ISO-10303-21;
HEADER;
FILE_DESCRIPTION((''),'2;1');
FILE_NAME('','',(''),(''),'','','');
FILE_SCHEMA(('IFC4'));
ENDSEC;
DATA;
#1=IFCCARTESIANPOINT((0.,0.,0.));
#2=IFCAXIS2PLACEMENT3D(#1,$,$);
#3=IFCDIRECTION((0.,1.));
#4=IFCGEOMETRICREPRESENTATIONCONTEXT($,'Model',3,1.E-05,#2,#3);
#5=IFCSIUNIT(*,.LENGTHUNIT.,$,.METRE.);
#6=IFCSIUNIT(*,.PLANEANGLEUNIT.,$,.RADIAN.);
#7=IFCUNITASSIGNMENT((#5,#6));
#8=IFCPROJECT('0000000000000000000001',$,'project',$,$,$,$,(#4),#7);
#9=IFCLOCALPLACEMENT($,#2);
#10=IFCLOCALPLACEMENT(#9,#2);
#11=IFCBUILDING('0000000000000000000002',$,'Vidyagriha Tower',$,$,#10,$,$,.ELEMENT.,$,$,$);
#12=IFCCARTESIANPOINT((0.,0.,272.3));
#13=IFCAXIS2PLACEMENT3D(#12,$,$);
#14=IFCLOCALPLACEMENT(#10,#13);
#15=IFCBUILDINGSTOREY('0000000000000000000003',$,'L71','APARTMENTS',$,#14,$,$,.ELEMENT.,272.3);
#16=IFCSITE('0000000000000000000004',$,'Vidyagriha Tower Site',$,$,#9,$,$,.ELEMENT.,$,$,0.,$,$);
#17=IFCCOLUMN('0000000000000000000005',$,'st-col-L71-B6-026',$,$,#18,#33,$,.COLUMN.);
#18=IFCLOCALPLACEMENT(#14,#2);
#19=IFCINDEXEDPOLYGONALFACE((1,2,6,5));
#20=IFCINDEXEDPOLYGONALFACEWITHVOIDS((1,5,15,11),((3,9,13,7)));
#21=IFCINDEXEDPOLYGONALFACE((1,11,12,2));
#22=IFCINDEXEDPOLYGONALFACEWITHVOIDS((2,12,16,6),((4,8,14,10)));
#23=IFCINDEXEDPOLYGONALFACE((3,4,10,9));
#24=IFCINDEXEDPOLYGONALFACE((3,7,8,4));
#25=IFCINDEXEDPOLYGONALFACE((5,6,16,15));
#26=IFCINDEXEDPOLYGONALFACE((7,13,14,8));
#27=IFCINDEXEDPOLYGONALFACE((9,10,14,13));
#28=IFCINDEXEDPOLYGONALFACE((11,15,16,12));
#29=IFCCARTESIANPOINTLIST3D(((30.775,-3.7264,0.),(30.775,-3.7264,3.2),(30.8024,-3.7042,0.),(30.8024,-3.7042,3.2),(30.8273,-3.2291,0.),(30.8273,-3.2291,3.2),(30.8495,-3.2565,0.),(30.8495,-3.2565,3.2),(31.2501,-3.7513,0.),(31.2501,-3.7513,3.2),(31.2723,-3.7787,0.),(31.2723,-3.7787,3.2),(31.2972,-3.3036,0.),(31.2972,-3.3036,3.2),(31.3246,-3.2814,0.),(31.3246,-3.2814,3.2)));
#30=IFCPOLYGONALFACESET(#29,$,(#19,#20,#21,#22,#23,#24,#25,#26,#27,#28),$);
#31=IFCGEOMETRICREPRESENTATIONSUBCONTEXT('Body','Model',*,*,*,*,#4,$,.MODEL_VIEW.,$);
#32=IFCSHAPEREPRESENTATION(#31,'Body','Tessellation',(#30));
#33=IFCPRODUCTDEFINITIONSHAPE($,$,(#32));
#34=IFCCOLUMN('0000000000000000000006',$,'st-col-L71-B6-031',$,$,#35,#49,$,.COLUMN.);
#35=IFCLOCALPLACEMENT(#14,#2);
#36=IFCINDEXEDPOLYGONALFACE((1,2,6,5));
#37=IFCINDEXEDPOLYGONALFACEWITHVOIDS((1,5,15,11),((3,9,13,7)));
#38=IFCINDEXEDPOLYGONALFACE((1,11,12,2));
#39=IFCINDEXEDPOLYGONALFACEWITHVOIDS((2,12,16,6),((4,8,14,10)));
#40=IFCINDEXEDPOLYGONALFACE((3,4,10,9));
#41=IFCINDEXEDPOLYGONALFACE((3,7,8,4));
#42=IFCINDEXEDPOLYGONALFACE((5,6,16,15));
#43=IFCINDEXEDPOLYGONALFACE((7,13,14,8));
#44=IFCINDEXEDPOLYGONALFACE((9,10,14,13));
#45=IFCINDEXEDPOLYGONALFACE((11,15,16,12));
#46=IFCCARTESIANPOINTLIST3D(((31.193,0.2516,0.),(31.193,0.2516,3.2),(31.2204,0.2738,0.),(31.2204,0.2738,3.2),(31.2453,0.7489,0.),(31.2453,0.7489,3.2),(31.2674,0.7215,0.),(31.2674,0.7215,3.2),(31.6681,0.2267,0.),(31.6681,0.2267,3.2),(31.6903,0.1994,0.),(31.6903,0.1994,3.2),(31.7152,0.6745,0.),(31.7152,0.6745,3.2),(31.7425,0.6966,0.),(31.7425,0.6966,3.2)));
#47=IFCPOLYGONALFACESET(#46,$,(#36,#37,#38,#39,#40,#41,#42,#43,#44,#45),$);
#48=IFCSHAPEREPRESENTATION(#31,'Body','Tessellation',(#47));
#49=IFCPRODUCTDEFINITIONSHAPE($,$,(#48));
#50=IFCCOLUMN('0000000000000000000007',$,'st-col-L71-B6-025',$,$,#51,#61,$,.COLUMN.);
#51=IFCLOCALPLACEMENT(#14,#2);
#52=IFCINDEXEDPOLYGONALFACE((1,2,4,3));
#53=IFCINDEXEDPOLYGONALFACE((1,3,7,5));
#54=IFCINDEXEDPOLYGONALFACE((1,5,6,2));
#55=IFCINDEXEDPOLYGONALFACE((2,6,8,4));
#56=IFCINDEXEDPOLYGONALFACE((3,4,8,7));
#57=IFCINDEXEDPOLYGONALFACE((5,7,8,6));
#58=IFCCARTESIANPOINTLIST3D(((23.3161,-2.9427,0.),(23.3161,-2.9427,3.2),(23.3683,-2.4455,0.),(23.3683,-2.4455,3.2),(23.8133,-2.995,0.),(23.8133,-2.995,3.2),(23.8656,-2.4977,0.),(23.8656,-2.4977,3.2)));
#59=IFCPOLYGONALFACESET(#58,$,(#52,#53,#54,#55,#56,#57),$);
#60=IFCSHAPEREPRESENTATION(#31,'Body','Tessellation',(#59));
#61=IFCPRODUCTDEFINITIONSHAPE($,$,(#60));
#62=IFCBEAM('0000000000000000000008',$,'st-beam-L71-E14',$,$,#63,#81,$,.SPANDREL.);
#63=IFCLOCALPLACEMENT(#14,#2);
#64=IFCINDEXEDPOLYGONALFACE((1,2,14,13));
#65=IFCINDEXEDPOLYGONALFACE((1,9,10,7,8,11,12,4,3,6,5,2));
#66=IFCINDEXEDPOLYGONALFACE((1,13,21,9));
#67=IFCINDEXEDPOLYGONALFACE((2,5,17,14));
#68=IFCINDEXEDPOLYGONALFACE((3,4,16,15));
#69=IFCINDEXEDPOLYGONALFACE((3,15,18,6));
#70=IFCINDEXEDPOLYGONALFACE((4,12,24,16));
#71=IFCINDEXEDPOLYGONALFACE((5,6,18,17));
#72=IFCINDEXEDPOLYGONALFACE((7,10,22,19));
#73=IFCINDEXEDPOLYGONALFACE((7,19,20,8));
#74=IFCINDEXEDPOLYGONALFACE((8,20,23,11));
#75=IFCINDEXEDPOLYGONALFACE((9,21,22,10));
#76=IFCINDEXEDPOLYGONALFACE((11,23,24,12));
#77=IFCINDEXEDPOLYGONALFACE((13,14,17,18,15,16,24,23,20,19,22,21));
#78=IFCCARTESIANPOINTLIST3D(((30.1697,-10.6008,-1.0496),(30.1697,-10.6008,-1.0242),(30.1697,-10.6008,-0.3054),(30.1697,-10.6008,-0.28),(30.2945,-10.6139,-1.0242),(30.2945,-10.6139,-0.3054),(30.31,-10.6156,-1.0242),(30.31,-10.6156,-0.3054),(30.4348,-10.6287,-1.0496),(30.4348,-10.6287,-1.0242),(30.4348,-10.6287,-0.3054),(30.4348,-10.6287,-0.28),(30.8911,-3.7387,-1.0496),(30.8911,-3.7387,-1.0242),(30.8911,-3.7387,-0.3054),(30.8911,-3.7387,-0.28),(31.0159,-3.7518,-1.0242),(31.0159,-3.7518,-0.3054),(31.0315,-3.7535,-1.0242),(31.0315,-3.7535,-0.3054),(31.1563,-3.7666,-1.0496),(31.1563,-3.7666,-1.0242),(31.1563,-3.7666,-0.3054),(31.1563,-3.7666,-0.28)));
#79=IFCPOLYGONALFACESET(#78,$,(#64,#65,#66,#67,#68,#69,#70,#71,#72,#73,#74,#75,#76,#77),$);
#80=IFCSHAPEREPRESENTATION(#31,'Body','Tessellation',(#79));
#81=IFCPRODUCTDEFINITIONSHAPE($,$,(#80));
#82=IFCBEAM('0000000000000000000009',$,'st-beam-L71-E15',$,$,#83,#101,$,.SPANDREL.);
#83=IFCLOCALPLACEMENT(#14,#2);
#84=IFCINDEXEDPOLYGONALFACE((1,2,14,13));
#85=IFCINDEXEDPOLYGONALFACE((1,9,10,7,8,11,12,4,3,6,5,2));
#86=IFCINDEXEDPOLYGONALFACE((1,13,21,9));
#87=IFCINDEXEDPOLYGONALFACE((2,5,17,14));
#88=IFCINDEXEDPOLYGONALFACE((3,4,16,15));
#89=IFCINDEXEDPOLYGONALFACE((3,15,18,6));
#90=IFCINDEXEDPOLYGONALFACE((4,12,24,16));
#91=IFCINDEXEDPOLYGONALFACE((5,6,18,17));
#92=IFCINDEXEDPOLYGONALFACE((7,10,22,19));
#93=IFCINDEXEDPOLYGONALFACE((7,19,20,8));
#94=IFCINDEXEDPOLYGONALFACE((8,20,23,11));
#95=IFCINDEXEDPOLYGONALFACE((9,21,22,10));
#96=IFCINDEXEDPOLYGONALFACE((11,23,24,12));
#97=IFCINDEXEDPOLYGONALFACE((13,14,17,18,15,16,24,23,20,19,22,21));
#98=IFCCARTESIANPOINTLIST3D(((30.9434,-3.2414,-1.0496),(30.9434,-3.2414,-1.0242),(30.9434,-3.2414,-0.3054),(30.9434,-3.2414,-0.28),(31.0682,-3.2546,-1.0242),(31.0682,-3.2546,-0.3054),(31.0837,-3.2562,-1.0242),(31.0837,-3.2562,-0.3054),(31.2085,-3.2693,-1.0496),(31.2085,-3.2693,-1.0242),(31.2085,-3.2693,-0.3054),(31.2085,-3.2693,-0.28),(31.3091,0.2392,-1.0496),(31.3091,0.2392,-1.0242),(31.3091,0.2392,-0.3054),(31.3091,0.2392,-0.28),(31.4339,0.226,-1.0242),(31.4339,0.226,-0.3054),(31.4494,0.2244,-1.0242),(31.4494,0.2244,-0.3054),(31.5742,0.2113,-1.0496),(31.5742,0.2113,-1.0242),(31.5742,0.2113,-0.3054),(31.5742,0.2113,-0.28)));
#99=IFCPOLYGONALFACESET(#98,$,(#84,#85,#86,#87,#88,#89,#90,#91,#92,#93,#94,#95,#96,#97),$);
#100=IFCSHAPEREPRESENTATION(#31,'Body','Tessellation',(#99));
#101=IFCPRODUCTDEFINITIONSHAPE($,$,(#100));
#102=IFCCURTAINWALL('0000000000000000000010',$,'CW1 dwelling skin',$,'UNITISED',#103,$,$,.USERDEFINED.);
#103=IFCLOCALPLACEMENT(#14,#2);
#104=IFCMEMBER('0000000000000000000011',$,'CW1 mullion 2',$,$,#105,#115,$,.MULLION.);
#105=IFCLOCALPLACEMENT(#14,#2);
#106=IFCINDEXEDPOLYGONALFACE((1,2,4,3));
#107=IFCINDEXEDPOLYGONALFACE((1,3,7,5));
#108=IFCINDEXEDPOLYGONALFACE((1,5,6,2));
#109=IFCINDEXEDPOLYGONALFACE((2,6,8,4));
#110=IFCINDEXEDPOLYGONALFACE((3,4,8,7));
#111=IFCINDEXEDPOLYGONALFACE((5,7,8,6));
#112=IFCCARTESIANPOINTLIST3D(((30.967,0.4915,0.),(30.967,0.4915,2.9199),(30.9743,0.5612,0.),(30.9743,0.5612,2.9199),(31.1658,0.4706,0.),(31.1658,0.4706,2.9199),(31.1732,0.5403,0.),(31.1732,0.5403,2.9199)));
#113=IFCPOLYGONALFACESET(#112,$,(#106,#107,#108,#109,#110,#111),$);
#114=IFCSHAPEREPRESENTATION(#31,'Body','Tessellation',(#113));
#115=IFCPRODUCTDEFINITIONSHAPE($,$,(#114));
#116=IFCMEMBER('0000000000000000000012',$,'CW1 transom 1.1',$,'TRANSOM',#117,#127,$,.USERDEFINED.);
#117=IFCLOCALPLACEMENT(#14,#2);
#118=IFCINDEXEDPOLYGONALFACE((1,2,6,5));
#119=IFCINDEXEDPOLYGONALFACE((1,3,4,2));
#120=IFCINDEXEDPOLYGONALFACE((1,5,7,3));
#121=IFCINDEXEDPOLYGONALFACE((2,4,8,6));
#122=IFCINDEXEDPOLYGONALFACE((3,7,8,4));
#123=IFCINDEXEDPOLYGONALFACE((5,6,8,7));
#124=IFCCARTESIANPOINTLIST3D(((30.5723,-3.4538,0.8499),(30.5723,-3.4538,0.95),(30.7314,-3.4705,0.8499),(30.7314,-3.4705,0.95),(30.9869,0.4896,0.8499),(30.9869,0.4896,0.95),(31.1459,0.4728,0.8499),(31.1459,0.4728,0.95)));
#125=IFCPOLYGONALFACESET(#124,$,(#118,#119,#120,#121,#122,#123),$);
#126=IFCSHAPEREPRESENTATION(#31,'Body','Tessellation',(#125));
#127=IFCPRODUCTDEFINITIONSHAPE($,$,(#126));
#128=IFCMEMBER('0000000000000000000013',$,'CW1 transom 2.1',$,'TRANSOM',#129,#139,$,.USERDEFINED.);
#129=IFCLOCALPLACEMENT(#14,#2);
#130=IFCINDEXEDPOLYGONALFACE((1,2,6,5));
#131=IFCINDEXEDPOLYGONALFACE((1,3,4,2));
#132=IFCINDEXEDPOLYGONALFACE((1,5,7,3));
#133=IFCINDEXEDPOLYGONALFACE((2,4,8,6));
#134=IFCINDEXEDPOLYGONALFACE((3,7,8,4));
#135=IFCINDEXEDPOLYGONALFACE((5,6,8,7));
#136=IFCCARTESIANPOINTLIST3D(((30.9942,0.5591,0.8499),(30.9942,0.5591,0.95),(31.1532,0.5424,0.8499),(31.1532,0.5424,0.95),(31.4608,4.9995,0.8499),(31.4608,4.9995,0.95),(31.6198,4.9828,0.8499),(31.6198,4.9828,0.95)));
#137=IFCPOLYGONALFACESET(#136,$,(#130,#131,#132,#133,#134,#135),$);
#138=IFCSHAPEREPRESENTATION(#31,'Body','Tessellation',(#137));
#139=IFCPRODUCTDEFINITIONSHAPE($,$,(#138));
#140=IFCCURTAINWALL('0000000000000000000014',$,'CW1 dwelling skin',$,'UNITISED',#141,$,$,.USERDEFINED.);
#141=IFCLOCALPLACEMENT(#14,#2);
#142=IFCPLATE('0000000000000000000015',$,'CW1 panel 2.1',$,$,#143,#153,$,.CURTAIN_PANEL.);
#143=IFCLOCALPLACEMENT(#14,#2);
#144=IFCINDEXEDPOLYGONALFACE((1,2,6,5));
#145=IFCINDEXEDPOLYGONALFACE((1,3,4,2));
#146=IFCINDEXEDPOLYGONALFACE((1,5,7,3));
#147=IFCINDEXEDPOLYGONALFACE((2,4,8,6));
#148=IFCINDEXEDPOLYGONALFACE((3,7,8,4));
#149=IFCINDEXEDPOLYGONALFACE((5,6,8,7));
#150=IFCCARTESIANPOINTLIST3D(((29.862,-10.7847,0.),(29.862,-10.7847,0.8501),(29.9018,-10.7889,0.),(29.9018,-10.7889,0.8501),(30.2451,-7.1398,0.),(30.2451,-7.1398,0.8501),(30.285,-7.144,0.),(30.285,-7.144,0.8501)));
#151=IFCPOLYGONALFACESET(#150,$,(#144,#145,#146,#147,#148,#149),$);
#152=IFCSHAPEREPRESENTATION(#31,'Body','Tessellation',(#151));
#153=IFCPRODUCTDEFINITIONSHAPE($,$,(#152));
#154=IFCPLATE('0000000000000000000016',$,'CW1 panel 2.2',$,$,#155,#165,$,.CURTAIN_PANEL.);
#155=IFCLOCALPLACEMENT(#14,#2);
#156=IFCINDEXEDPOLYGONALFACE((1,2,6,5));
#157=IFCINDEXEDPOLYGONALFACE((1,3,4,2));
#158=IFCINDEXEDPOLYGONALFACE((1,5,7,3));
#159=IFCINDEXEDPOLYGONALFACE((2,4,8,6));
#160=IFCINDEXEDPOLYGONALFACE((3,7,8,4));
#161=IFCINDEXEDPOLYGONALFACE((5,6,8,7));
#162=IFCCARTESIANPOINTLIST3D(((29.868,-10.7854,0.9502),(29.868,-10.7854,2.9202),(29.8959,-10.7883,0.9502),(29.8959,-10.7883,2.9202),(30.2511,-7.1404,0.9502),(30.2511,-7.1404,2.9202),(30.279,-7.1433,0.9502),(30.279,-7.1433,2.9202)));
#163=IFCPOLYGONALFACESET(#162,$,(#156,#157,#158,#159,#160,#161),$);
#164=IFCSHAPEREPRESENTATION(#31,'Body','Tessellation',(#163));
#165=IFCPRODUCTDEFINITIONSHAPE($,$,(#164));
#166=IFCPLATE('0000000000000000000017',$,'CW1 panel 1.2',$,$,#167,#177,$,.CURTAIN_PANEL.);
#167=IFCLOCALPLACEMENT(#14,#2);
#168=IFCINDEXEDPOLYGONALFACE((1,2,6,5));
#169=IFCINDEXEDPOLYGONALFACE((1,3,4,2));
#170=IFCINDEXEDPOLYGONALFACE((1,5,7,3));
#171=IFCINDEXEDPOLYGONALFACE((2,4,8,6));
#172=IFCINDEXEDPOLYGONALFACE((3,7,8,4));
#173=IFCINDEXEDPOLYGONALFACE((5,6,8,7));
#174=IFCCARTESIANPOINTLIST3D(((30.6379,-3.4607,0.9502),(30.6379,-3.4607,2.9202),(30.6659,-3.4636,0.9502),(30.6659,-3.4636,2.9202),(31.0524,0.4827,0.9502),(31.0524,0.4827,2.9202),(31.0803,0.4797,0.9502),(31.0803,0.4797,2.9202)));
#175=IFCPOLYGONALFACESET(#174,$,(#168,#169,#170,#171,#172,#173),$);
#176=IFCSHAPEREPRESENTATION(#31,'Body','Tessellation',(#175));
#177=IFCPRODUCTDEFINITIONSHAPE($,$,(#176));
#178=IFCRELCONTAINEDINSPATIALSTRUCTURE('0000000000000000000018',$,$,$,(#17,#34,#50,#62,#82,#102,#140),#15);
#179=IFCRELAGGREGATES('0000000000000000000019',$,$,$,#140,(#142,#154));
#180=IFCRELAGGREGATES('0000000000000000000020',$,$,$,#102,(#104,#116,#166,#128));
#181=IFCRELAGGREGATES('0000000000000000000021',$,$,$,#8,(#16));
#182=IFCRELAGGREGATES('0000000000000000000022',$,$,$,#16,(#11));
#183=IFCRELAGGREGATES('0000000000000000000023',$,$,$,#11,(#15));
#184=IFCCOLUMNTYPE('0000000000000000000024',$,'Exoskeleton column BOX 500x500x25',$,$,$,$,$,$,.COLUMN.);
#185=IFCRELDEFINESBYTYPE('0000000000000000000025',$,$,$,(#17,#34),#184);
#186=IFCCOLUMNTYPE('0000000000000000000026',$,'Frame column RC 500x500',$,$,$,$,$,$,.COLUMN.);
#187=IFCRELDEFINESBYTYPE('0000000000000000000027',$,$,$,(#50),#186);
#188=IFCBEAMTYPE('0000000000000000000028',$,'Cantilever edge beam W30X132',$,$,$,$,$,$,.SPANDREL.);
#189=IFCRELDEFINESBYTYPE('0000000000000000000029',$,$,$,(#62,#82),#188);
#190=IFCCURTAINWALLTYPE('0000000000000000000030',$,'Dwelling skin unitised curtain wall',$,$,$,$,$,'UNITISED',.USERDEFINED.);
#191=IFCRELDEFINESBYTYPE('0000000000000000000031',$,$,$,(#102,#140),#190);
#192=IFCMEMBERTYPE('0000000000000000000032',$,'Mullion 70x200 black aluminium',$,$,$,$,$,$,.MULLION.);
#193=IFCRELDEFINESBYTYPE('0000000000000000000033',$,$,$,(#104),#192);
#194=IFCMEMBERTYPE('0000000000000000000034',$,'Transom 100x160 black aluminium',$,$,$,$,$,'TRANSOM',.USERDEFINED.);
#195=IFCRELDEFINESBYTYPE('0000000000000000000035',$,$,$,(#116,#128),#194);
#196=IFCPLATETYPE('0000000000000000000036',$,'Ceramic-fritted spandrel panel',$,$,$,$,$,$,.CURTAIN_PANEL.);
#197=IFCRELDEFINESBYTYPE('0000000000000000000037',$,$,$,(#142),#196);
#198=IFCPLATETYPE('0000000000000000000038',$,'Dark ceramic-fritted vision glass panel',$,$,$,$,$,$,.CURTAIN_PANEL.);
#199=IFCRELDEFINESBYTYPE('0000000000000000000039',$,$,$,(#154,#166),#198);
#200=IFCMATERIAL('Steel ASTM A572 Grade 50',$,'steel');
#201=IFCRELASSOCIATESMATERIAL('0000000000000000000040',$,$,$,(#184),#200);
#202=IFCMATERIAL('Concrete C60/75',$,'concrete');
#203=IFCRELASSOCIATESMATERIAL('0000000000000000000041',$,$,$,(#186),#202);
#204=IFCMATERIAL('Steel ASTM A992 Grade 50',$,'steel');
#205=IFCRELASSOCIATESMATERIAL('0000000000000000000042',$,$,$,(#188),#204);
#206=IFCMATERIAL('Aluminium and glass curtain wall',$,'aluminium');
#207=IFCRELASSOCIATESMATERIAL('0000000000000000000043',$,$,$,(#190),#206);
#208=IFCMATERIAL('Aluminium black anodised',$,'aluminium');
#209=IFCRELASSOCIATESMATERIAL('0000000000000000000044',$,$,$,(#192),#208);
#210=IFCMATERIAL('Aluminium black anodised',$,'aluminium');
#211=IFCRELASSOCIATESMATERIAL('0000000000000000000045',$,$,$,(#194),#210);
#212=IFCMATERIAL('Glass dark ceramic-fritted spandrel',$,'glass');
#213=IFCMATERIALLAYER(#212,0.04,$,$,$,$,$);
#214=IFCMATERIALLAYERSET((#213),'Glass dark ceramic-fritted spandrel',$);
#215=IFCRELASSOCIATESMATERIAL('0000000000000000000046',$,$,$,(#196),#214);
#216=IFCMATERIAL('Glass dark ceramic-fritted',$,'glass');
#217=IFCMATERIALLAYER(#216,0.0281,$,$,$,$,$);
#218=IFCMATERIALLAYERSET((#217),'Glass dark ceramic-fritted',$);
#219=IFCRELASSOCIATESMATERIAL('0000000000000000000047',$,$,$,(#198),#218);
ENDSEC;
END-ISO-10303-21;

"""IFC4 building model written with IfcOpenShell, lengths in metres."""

from ifc_helpers import new_model, si_unit, direction, frame, origin, origin_2d, place, context, subcontext, project, spatial, rectangle, hollow_rectangle, i_section, extrude, material, layer, layer_set, material_profile, profile_set, type_object, element, aggregate, save


model = new_model("IFC4")

# Units and contexts
model_context = context("Model", 3, precision=1e-05, world=origin(), true_north=direction((0.0, 1.0)))
body_context = subcontext(model_context, "Body", "Model", "MODEL_VIEW")
ifc_project = project(units=[si_unit("LENGTHUNIT", "METRE"), si_unit("PLANEANGLEUNIT", "RADIAN")], contexts=[model_context])

# Site, building, storey
site_placement = place(None, origin())
site = spatial("IfcSite", under=ifc_project, at=site_placement, Name="Vidyagriha Tower Site", CompositionType="ELEMENT", RefElevation=0.0)
building_placement = place(site_placement, origin())
building = spatial("IfcBuilding", under=site, at=building_placement, Name="Vidyagriha Tower", CompositionType="ELEMENT")
storey_placement = place(building_placement, frame((0.0, 0.0, 272.3)))
storey = spatial("IfcBuildingStorey", under=building, at=storey_placement, Name="L71", Description="APARTMENTS", CompositionType="ELEMENT", Elevation=272.3)

# Columns
ifc_material_1 = material(Name="Steel ASTM A572 Grade 50", Category="steel")
ifc_material_profile_1 = material_profile(ifc_material_1, hollow_rectangle(XDim=0.5, YDim=0.5, WallThickness=0.0249, at=origin_2d()), Name="BOX 500x500x25")
ifc_profile_set_1 = profile_set([ifc_material_profile_1], Name="Steel ASTM A572 Grade 50")
column_type_1 = type_object("IfcColumnType", Name="Exoskeleton column BOX 500x500x25", PredefinedType="COLUMN", material=ifc_profile_set_1)
for number, where, z_axis, x_axis, name in (
    (1, (31.0498, -3.5039, 0.0), (0.0, 0.0, 1.0), (0.994522, -0.104528, 0.0), "st-col-L71-B6-026"),
    (2, (31.4678, 0.4741, 0.0), (0.0, 0.0, 1.0), (0.994522, -0.104528, 0.0), "st-col-L71-B6-031"),
):
    element("IfcColumn", number, at=place(storey_placement, frame(where, z_axis=z_axis, x_axis=x_axis)), inside=storey, type_object=column_type_1, Name=name, PredefinedType="COLUMN", context=body_context, shape_type="SweptSolid", body=[
        extrude(hollow_rectangle(XDim=0.5, YDim=0.5, WallThickness=0.0249, at=origin_2d()), origin(), (0.0, 0.0, 1.0), 3.2),
    ])
ifc_material_2 = material(Name="Concrete C60/75", Category="concrete")
ifc_material_profile_2 = material_profile(ifc_material_2, rectangle(XDim=0.5, YDim=0.5, at=origin_2d()), Name="RC 500x500")
ifc_profile_set_2 = profile_set([ifc_material_profile_2], Name="Concrete C60/75")
column_type_2 = type_object("IfcColumnType", Name="Frame column RC 500x500", PredefinedType="COLUMN", material=ifc_profile_set_2)
column_placement = place(storey_placement, frame((23.5908, -2.7202, 0.0), z_axis=(0.0, 0.0, 1.0), x_axis=(0.994522, -0.104528, 0.0)))
element("IfcColumn", 3, at=column_placement, inside=storey, type_object=column_type_2, Name="st-col-L71-B6-025", PredefinedType="COLUMN", context=body_context, shape_type="SweptSolid", body=[
    extrude(rectangle(XDim=0.5, YDim=0.5, at=origin_2d()), origin(), (0.0, 0.0, 1.0), 3.2),
])

# Beams
ifc_material_3 = material(Name="Steel ASTM A992 Grade 50", Category="steel")
ifc_material_profile_3 = material_profile(ifc_material_3, i_section(OverallWidth=0.2666, OverallDepth=0.7695, WebThickness=0.0156, FlangeThickness=0.0254, at=origin_2d()), Name="W30X132")
ifc_profile_set_3 = profile_set([ifc_material_profile_3], Name="Steel ASTM A992 Grade 50")
beam_type = type_object("IfcBeamType", Name="Cantilever edge beam W30X132", PredefinedType="SPANDREL", material=ifc_profile_set_3)
beam_1_placement = place(storey_placement, frame((30.3022, -10.6147, -0.6648), z_axis=(0.104558, 0.994519, 0.0), x_axis=(-0.994519, 0.104558, 0.0)))
element("IfcBeam", 4, at=beam_1_placement, inside=storey, type_object=beam_type, Name="st-beam-L71-E14", PredefinedType="SPANDREL", context=body_context, shape_type="SweptSolid", body=[
    extrude(i_section(OverallWidth=0.2666, OverallDepth=0.7695, WebThickness=0.0156, FlangeThickness=0.0254, at=origin_2d()), origin(), (0.0, 0.0, 1.0), 6.8999),
])
beam_2_placement = place(storey_placement, frame((31.0759, -3.2554, -0.6648), z_axis=(0.104496, 0.994525, 0.0), x_axis=(-0.994525, 0.104496, 0.0)))
element("IfcBeam", 5, at=beam_2_placement, inside=storey, type_object=beam_type, Name="st-beam-L71-E15", PredefinedType="SPANDREL", context=body_context, shape_type="SweptSolid", body=[
    extrude(i_section(OverallWidth=0.2666, OverallDepth=0.7695, WebThickness=0.0156, FlangeThickness=0.0254, at=origin_2d()), origin(), (0.0, 0.0, 1.0), 3.4998),
])

# Curtain wall, members
ifc_material_4 = material(Name="Aluminium and glass curtain wall", Category="aluminium")
curtain_wall_type = type_object("IfcCurtainWallType", Name="Dwelling skin unitised curtain wall", ElementType="UNITISED", PredefinedType="USERDEFINED", material=ifc_material_4)
curtain_wall_1_placement = place(storey_placement, origin())
curtain_wall_1 = element("IfcCurtainWall", 6, at=curtain_wall_1_placement, inside=storey, type_object=curtain_wall_type, Name="CW1 dwelling skin", ObjectType="UNITISED", PredefinedType="USERDEFINED")
ifc_material_5 = material(Name="Aluminium black anodised", Category="aluminium")
ifc_material_profile_4 = material_profile(ifc_material_5, rectangle(XDim=0.2, YDim=0.0701, at=origin_2d()), Name="Mullion 70x200 black aluminium")
ifc_profile_set_4 = profile_set([ifc_material_profile_4], Name="Aluminium black anodised")
member_type_1 = type_object("IfcMemberType", Name="Mullion 70x200 black aluminium", PredefinedType="MULLION", material=ifc_profile_set_4)
member_1_placement = place(storey_placement, frame((31.0701, 0.5159, 0.0), z_axis=(0.0, 0.0, 1.0), x_axis=(-0.994522, 0.10453, 0.0)))
member_1 = element("IfcMember", 7, at=member_1_placement, type_object=member_type_1, Name="CW1 mullion 2", PredefinedType="MULLION", context=body_context, shape_type="SweptSolid", body=[
    extrude(rectangle(XDim=0.2, YDim=0.0701, at=origin_2d()), origin(), (0.0, 0.0, 1.0), 2.9199),
])
ifc_material_6 = material(Name="Aluminium black anodised", Category="aluminium")
ifc_material_profile_5 = material_profile(ifc_material_6, rectangle(XDim=0.1599, YDim=0.1001, at=origin_2d()), Name="Transom 100x160 black aluminium")
ifc_profile_set_5 = profile_set([ifc_material_profile_5], Name="Aluminium black anodised")
member_type_2 = type_object("IfcMemberType", Name="Transom 100x160 black aluminium", ElementType="TRANSOM", PredefinedType="USERDEFINED", material=ifc_profile_set_5)
member_2_placement = place(storey_placement, frame((30.6519, -3.4622, 0.8999), z_axis=(0.10455, 0.99452, 0.0), x_axis=(-0.99452, 0.10455, 0.0)))
member_2 = element("IfcMember", 8, at=member_2_placement, type_object=member_type_2, Name="CW1 transom 1.1", ObjectType="TRANSOM", PredefinedType="USERDEFINED", context=body_context, shape_type="SweptSolid", body=[
    extrude(rectangle(XDim=0.1599, YDim=0.1001, at=origin_2d()), origin(), (0.0, 0.0, 1.0), 3.9651),
])
member_3_placement = place(storey_placement, frame((31.0737, 0.5508, 0.8999), z_axis=(0.104494, 0.994526, 0.0), x_axis=(-0.994526, 0.104494, 0.0)))
member_3 = element("IfcMember", 9, at=member_3_placement, type_object=member_type_2, Name="CW1 transom 2.1", ObjectType="TRANSOM", PredefinedType="USERDEFINED", context=body_context, shape_type="SweptSolid", body=[
    extrude(rectangle(XDim=0.1599, YDim=0.1001, at=origin_2d()), origin(), (0.0, 0.0, 1.0), 4.4648),
])

# Curtain wall, plates
curtain_wall_2_placement = place(storey_placement, origin())
curtain_wall_2 = element("IfcCurtainWall", 10, at=curtain_wall_2_placement, inside=storey, type_object=curtain_wall_type, Name="CW1 dwelling skin", ObjectType="UNITISED", PredefinedType="USERDEFINED")
ifc_material_7 = material(Name="Glass dark ceramic-fritted spandrel", Category="glass")
ifc_layer_1 = layer(ifc_material_7, 0.04)
ifc_layer_set_1 = layer_set([ifc_layer_1], Name="Glass dark ceramic-fritted spandrel")
plate_type_1 = type_object("IfcPlateType", Name="Ceramic-fritted spandrel panel", PredefinedType="CURTAIN_PANEL", material=ifc_layer_set_1)
plate_1_placement = place(storey_placement, frame((30.0735, -8.9644, 0.0), z_axis=(0.0, 0.0, 1.0), x_axis=(0.104533, 0.994521, 0.0)))
plate_1 = element("IfcPlate", 11, at=plate_1_placement, type_object=plate_type_1, Name="CW1 panel 2.1", PredefinedType="CURTAIN_PANEL", context=body_context, shape_type="SweptSolid", body=[
    extrude(rectangle(XDim=3.665, YDim=0.04, at=origin_2d()), origin(), (0.0, 0.0, 1.0), 0.8501),
])
ifc_material_8 = material(Name="Glass dark ceramic-fritted", Category="glass")
ifc_layer_2 = layer(ifc_material_8, 0.0281)
ifc_layer_set_2 = layer_set([ifc_layer_2], Name="Glass dark ceramic-fritted")
plate_type_2 = type_object("IfcPlateType", Name="Dark ceramic-fritted vision glass panel", PredefinedType="CURTAIN_PANEL", material=ifc_layer_set_2)
plate_2_placement = place(storey_placement, frame((30.0735, -8.9644, 0.9502), z_axis=(0.0, 0.0, 1.0), x_axis=(0.104533, 0.994521, 0.0)))
plate_2 = element("IfcPlate", 12, at=plate_2_placement, type_object=plate_type_2, Name="CW1 panel 2.2", PredefinedType="CURTAIN_PANEL", context=body_context, shape_type="SweptSolid", body=[
    extrude(rectangle(XDim=3.665, YDim=0.0281, at=origin_2d()), origin(), (0.0, 0.0, 1.0), 1.97),
])
aggregate(curtain_wall_2, [plate_1, plate_2])

# Plate
plate_3_placement = place(storey_placement, frame((30.8591, -1.4905, 0.9502), z_axis=(0.0, 0.0, 1.0), x_axis=(0.10453, 0.994522, 0.0)))
plate_3 = element("IfcPlate", 13, at=plate_3_placement, type_object=plate_type_2, Name="CW1 panel 1.2", PredefinedType="CURTAIN_PANEL", context=body_context, shape_type="SweptSolid", body=[
    extrude(rectangle(XDim=3.9651, YDim=0.0281, at=origin_2d()), origin(), (0.0, 0.0, 1.0), 1.97),
])
aggregate(curtain_wall_1, [member_1, member_2, plate_3, member_3])

save(model, "model.ifc")
